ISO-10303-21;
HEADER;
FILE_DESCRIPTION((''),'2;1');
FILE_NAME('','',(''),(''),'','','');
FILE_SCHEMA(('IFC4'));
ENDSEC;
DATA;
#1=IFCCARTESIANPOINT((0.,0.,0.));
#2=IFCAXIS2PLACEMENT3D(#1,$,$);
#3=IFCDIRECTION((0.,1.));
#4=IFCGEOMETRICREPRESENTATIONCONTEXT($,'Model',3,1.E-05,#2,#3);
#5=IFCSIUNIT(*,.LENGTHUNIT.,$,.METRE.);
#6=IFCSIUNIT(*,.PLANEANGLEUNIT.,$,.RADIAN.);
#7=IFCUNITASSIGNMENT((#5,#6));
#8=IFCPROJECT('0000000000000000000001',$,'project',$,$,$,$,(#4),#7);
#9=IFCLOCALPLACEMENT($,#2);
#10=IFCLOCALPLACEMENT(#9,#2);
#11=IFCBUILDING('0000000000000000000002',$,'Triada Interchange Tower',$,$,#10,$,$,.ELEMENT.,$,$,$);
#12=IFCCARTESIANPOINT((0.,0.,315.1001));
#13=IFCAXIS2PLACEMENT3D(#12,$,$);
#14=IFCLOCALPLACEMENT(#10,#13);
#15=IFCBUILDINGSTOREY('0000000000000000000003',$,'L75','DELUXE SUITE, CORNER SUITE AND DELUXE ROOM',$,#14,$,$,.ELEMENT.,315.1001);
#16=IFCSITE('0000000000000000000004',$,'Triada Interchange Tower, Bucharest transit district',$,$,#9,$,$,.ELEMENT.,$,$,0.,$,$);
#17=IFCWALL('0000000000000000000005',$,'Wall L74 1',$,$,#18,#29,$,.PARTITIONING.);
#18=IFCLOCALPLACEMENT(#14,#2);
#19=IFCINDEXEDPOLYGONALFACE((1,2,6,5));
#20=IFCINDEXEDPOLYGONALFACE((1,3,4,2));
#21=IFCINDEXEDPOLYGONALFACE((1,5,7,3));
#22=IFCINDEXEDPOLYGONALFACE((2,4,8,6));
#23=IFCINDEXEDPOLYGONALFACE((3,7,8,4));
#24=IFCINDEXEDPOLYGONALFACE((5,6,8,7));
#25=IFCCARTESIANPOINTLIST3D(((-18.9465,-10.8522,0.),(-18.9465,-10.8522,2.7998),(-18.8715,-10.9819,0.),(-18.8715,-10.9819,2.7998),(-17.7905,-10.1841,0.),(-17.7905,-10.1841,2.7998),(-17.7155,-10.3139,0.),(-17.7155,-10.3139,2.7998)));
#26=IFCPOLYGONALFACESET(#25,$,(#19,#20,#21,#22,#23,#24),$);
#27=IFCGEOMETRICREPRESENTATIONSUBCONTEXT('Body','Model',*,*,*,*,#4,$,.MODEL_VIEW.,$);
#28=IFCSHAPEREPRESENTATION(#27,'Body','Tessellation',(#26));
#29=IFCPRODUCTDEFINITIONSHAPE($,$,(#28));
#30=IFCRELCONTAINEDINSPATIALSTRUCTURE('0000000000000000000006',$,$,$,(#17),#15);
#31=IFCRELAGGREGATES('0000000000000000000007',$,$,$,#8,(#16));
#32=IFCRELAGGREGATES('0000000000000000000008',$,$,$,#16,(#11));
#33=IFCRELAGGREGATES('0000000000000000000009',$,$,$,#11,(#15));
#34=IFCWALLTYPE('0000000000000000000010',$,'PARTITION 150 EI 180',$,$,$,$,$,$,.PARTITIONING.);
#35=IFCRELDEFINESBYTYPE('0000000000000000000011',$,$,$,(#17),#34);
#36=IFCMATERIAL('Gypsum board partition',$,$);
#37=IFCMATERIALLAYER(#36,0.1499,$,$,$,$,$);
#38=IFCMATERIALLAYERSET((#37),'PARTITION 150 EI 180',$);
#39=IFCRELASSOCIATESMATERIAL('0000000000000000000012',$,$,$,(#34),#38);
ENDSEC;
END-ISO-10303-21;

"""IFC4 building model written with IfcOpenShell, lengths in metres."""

from ifc_helpers import new_model, si_unit, direction, frame, frame_2d, origin, place, context, subcontext, project, spatial, rectangle, extrude, material, layer, layer_set, type_object, element, save


model = new_model("IFC4")

# Units and contexts
model_context = context("Model", 3, precision=1e-05, world=origin(), true_north=direction((0.0, 1.0)))
body_context = subcontext(model_context, "Body", "Model", "MODEL_VIEW")
ifc_project = project(units=[si_unit("LENGTHUNIT", "METRE"), si_unit("PLANEANGLEUNIT", "RADIAN")], contexts=[model_context])

# Site, building, storey
site_placement = place(None, origin())
site = spatial("IfcSite", under=ifc_project, at=site_placement, Name="Triada Interchange Tower, Bucharest transit district", CompositionType="ELEMENT", RefElevation=0.0)
building_placement = place(site_placement, origin())
building = spatial("IfcBuilding", under=site, at=building_placement, Name="Triada Interchange Tower", CompositionType="ELEMENT")
storey_placement = place(building_placement, frame((0.0, 0.0, 315.1001)))
storey = spatial("IfcBuildingStorey", under=building, at=storey_placement, Name="L75", Description="DELUXE SUITE, CORNER SUITE AND DELUXE ROOM", CompositionType="ELEMENT", Elevation=315.1001)

# Wall
ifc_material_1 = material(Name="Gypsum board partition")
ifc_layer_1 = layer(ifc_material_1, 0.1499)
ifc_layer_set_1 = layer_set([ifc_layer_1], Name="PARTITION 150 EI 180")
wall_type_1 = type_object("IfcWallType", Name="PARTITION 150 EI 180", PredefinedType="PARTITIONING", material=ifc_layer_set_1)
wall_1_placement = place(storey_placement, frame((-18.9089, -10.917, 0.0), z_axis=(0.0, 0.0, 1.0), x_axis=(0.865847, 0.500308, 0.0)))
element("IfcWall", 1, at=wall_1_placement, inside=storey, type_object=wall_type_1, Name="Wall L74 1", PredefinedType="PARTITIONING", context=body_context, shape_type="SweptSolid", body=[
    extrude(rectangle(XDim=1.3352, YDim=0.1499, at=frame_2d((0.6675, 0.0))), origin(), (0.0, 0.0, 1.0), 2.7998),
])

save(model, "model.ifc")
